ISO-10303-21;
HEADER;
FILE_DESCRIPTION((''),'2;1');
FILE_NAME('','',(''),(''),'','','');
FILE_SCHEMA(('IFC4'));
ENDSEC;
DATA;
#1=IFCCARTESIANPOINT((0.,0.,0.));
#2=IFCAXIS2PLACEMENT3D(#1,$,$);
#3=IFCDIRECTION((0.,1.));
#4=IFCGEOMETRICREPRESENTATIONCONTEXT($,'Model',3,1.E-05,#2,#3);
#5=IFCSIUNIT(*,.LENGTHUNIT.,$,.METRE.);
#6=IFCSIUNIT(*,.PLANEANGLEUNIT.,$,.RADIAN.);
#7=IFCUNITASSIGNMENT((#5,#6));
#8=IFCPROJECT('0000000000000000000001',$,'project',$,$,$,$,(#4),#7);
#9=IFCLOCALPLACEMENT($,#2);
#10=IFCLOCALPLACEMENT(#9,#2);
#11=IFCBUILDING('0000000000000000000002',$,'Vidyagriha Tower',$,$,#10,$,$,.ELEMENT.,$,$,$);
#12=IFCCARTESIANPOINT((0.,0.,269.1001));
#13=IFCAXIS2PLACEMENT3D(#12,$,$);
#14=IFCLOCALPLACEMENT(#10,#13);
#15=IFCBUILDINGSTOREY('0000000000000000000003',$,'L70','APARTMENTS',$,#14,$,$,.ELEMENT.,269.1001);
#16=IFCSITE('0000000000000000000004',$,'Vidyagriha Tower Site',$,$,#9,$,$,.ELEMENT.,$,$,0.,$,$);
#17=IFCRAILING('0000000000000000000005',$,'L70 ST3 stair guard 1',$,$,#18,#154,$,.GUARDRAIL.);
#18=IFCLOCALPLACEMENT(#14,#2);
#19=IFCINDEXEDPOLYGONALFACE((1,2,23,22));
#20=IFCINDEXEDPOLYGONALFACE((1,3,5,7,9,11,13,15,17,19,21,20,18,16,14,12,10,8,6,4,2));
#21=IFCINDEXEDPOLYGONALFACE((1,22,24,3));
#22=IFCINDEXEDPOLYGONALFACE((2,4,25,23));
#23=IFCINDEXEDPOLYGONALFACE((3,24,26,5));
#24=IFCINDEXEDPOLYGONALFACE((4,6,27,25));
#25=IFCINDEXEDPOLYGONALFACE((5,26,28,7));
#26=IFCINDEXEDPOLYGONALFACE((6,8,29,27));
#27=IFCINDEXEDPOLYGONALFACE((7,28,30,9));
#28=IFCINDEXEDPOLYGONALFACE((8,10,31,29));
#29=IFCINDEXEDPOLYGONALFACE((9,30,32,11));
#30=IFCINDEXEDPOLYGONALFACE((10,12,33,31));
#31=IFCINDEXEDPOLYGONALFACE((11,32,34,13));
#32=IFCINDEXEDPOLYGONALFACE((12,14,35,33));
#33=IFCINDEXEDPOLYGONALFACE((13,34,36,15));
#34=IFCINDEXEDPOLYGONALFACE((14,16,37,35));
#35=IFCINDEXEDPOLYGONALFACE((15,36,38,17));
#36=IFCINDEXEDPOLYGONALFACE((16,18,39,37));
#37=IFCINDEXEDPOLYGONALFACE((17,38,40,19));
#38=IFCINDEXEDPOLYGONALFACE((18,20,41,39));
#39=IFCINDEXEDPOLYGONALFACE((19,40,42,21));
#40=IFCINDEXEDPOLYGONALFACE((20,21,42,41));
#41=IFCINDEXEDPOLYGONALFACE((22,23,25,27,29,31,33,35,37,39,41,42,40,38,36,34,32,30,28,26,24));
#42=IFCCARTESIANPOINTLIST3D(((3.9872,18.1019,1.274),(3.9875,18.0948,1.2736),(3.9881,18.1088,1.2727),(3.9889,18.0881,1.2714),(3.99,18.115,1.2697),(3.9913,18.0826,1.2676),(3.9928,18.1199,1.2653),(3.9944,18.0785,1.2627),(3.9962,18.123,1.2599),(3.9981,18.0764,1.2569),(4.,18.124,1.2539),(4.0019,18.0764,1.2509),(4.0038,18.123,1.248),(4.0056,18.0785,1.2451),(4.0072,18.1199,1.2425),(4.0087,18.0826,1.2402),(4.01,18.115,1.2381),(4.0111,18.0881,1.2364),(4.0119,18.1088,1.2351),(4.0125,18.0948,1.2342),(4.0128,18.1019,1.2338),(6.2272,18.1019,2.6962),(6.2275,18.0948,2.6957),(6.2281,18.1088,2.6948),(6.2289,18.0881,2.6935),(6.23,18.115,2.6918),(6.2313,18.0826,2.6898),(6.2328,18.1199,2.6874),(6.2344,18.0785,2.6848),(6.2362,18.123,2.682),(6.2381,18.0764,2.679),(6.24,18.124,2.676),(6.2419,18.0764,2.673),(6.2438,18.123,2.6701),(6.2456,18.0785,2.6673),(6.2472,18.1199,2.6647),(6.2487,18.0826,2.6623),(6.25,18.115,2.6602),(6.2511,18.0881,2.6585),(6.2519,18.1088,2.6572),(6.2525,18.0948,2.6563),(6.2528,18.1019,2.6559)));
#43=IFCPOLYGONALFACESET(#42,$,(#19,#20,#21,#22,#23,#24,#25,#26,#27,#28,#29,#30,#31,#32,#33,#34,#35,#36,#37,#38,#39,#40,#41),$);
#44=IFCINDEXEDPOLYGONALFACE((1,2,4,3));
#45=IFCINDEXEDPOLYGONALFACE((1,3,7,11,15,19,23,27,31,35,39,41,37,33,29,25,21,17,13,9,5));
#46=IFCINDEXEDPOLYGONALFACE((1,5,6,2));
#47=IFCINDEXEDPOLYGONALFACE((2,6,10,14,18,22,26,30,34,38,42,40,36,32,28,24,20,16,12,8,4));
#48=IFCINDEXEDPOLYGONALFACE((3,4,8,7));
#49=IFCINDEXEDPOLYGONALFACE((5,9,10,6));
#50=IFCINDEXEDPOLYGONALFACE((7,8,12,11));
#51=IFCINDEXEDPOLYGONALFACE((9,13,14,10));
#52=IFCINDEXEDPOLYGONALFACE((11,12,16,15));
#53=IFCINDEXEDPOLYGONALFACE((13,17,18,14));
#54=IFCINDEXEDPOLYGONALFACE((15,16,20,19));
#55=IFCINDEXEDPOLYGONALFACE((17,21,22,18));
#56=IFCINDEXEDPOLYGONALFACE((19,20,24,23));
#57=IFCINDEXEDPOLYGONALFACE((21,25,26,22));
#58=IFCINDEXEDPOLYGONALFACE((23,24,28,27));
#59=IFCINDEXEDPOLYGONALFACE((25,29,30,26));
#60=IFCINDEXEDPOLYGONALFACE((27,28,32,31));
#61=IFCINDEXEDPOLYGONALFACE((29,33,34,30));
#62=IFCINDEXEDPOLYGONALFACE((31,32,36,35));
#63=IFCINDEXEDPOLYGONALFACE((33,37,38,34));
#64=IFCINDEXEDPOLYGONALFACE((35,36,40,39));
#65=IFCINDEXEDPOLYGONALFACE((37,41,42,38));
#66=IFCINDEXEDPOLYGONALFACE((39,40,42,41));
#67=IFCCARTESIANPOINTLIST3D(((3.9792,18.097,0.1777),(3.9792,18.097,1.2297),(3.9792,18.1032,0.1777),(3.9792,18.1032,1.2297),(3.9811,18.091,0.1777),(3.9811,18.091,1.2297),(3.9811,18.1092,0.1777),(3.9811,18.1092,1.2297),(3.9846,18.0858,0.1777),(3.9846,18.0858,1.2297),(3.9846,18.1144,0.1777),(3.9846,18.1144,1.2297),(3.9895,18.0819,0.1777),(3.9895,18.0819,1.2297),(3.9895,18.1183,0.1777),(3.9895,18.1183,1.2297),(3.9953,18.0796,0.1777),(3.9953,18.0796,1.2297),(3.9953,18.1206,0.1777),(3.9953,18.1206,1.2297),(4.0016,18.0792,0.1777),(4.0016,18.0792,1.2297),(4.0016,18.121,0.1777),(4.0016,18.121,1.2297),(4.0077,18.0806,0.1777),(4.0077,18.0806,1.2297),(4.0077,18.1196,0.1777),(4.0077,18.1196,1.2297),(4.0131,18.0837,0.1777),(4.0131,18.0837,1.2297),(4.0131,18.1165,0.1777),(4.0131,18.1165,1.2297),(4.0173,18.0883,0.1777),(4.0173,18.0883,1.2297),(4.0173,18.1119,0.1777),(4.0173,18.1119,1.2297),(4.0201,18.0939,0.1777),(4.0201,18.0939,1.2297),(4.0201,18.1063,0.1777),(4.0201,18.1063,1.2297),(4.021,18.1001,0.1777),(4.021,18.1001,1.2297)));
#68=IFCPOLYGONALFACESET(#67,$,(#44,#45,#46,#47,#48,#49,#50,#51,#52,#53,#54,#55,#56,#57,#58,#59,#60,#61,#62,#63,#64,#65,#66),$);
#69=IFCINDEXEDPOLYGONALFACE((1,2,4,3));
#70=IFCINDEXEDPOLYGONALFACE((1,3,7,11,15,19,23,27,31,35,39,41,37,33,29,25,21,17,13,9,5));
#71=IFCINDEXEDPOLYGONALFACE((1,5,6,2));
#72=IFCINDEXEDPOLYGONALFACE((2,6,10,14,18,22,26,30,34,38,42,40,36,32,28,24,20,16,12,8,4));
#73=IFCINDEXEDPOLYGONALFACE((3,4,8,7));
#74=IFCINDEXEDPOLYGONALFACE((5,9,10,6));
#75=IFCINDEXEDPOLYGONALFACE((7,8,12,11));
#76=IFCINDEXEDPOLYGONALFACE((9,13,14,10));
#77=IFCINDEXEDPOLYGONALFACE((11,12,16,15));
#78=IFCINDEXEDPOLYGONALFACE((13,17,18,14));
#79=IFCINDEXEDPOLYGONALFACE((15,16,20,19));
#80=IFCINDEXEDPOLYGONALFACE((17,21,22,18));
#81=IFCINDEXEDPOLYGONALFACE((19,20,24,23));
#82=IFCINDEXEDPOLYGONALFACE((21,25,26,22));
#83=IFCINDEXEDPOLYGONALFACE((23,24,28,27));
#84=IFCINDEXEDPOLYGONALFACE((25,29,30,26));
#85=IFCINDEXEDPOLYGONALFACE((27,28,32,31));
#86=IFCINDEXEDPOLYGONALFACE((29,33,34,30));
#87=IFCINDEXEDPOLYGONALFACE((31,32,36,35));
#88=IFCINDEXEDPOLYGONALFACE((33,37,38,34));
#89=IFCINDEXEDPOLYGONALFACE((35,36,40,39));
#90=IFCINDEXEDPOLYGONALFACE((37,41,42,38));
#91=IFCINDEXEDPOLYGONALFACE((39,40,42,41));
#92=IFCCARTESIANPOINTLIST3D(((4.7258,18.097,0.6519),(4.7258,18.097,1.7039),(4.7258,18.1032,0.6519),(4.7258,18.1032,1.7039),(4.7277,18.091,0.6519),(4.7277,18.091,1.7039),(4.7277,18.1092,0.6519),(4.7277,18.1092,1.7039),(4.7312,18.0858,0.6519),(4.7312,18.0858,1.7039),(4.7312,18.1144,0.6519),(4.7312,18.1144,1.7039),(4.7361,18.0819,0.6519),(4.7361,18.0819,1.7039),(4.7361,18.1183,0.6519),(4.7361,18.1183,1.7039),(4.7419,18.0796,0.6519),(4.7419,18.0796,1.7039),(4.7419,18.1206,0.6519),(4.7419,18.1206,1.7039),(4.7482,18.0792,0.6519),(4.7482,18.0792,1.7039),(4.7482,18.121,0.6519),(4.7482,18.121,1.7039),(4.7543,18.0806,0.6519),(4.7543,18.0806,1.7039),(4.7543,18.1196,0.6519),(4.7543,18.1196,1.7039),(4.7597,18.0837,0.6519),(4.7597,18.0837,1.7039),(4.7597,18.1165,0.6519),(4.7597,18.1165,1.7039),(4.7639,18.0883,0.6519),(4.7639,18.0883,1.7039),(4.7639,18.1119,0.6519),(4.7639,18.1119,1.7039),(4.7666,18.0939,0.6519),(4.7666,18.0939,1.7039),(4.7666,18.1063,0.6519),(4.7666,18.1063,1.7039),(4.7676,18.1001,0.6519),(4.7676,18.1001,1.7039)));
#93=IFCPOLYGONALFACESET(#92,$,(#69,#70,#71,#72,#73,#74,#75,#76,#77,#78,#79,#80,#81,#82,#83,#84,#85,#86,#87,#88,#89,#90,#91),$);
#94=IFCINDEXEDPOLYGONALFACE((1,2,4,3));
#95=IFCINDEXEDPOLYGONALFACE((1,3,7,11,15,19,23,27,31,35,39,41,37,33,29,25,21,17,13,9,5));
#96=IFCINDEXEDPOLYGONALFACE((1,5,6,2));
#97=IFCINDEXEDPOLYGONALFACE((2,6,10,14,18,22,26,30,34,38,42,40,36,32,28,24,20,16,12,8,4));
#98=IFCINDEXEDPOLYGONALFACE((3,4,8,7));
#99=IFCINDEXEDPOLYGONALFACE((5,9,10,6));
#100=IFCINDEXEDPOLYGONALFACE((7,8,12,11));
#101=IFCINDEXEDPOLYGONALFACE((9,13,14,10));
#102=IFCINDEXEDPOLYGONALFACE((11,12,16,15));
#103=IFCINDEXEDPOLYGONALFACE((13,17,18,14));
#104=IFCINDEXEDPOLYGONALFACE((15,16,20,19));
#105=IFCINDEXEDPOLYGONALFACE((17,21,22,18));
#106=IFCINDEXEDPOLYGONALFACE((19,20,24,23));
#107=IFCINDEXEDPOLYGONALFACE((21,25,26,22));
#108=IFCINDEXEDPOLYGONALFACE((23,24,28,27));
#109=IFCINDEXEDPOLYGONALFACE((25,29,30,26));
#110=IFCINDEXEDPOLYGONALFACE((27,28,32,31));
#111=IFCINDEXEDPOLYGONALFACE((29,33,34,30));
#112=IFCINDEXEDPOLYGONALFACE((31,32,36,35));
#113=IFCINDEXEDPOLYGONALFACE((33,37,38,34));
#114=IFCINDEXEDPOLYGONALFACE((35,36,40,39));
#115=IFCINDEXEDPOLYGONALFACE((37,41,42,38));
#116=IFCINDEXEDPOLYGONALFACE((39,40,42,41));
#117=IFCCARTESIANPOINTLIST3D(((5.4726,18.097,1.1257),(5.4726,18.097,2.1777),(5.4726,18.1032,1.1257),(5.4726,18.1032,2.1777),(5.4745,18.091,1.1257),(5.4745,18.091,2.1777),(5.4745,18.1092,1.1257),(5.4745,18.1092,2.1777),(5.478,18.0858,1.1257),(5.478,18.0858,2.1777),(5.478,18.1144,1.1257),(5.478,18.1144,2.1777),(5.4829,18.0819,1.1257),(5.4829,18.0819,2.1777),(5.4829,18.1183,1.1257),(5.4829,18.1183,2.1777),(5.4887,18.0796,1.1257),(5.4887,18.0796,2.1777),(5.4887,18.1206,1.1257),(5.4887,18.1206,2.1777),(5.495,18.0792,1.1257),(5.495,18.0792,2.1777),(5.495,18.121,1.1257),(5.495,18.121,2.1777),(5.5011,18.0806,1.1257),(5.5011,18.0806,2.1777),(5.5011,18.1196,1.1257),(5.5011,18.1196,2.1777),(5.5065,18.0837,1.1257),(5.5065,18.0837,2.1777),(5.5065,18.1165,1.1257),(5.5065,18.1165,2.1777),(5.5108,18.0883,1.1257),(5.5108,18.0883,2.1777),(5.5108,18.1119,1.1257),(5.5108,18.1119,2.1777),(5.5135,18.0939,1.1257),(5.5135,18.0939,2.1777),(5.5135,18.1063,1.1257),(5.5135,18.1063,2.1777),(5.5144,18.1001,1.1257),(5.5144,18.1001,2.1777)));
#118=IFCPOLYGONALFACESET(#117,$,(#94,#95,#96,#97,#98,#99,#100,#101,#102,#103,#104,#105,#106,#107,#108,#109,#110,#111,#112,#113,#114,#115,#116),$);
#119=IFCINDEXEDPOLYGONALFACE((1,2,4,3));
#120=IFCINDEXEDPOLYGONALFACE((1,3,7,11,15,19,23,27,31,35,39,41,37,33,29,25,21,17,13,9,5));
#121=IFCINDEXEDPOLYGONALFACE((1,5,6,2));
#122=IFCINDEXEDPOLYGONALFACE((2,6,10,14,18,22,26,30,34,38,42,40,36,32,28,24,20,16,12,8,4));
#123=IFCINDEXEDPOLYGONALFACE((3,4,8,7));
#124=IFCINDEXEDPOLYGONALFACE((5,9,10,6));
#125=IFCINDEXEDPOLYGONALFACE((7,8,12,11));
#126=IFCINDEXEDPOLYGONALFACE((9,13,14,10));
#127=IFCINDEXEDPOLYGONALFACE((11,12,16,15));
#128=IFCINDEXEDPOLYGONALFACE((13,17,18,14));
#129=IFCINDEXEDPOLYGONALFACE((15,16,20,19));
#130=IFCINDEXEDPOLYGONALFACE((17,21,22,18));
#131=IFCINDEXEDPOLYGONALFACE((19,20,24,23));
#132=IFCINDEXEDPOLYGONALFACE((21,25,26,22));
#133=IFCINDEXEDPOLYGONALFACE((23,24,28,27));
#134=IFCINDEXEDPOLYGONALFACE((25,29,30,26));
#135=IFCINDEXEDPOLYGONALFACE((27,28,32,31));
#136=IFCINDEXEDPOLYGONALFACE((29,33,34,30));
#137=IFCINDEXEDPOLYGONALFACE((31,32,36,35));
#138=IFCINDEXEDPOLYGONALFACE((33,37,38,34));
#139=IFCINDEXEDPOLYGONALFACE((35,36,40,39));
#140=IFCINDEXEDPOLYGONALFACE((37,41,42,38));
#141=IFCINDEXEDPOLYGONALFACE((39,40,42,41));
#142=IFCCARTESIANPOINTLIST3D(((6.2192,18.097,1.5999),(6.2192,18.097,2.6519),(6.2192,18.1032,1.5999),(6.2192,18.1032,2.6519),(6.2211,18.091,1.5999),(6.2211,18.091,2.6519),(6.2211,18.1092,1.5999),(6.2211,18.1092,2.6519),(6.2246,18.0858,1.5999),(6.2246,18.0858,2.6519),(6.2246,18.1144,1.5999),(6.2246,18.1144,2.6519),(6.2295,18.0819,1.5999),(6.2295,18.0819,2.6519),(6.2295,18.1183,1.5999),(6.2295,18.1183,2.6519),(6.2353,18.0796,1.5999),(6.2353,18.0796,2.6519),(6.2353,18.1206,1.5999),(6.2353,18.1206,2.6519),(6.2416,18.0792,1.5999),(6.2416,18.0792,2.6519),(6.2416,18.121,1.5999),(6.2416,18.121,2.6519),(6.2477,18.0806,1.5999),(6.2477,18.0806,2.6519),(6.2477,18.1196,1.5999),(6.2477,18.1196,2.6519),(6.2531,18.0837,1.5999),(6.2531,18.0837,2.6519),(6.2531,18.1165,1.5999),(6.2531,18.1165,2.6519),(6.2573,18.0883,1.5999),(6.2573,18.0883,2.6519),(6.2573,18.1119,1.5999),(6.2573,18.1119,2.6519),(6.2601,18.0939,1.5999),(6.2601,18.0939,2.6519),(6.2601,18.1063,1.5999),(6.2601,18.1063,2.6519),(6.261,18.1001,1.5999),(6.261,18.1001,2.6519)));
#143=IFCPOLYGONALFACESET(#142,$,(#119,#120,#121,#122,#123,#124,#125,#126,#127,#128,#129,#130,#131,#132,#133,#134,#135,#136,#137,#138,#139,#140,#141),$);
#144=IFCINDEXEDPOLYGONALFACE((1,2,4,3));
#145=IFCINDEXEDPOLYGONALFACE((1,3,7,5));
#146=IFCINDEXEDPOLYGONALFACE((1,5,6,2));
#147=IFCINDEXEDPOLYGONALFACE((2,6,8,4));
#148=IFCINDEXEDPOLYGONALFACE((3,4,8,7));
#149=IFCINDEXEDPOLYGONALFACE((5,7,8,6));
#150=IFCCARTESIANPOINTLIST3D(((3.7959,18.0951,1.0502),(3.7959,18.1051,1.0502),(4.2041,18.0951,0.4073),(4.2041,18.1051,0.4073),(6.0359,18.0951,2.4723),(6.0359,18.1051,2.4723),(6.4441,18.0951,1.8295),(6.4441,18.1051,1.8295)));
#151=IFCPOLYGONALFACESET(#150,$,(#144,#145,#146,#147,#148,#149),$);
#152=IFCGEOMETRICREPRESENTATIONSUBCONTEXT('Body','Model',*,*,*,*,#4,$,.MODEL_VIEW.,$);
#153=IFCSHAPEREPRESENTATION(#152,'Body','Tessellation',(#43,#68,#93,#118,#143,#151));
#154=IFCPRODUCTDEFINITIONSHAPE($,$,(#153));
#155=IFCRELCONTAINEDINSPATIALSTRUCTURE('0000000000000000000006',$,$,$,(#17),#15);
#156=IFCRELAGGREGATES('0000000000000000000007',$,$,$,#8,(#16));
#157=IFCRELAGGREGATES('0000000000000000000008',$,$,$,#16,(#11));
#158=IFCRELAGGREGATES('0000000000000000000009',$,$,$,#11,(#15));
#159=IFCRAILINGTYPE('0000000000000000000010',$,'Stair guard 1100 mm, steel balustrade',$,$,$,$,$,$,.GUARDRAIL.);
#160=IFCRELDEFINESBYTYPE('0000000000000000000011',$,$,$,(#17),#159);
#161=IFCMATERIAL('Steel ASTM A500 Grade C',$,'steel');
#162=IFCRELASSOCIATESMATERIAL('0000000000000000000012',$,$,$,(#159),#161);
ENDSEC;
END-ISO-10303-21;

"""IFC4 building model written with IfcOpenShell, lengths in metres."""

from ifc_helpers import new_model, si_unit, direction, frame, origin, origin_2d, place, context, subcontext, project, spatial, rectangle, circle, extrude, material, type_object, element, save


model = new_model("IFC4")

# Units and contexts
model_context = context("Model", 3, precision=1e-05, world=origin(), true_north=direction((0.0, 1.0)))
body_context = subcontext(model_context, "Body", "Model", "MODEL_VIEW")
ifc_project = project(units=[si_unit("LENGTHUNIT", "METRE"), si_unit("PLANEANGLEUNIT", "RADIAN")], contexts=[model_context])

# Site, building, storey
site_placement = place(None, origin())
site = spatial("IfcSite", under=ifc_project, at=site_placement, Name="Vidyagriha Tower Site", CompositionType="ELEMENT", RefElevation=0.0)
building_placement = place(site_placement, origin())
building = spatial("IfcBuilding", under=site, at=building_placement, Name="Vidyagriha Tower", CompositionType="ELEMENT")
storey_placement = place(building_placement, frame((0.0, 0.0, 269.1001)))
storey = spatial("IfcBuildingStorey", under=building, at=storey_placement, Name="L70", Description="APARTMENTS", CompositionType="ELEMENT", Elevation=269.1001)

# Railing
ifc_material_1 = material(Name="Steel ASTM A500 Grade C", Category="steel")
railing_type_1 = type_object("IfcRailingType", Name="Stair guard 1100 mm, steel balustrade", PredefinedType="GUARDRAIL", material=ifc_material_1)
railing_1_placement = place(storey_placement, frame((4.0, 18.1001, 0.1777)))
element("IfcRailing", 1, at=railing_1_placement, inside=storey, type_object=railing_type_1, Name="L70 ST3 stair guard 1", PredefinedType="GUARDRAIL", context=body_context, shape_type="SweptSolid", body=[
    extrude(circle(Radius=0.0239, at=origin_2d()), frame((0.0, 0.0, 1.0762), z_axis=(0.844229, 0.0, 0.535982), x_axis=(0.0, 1.0, 0.0)), (0.0, 0.0, 1.0), 2.6533),
    extrude(circle(Radius=0.021, at=origin_2d()), origin(), (0.0, 0.0, 1.0), 1.052),
    extrude(circle(Radius=0.021, at=origin_2d()), frame((0.7466, 0.0, 0.4741)), (0.0, 0.0, 1.0), 1.052),
    extrude(circle(Radius=0.021, at=origin_2d()), frame((1.4934, 0.0, 0.948)), (0.0, 0.0, 1.0), 1.052),
    extrude(circle(Radius=0.021, at=origin_2d()), frame((2.24, 0.0, 1.4221)), (0.0, 0.0, 1.0), 1.052),
    extrude(rectangle(XDim=0.01, YDim=0.7615, at=origin_2d()), frame((0.0, 0.0, 0.551), z_axis=(0.844229, 0.0, 0.535982), x_axis=(0.0, 1.0, 0.0)), (0.0, 0.0, 1.0), 2.6533),
])

save(model, "model.ifc")
